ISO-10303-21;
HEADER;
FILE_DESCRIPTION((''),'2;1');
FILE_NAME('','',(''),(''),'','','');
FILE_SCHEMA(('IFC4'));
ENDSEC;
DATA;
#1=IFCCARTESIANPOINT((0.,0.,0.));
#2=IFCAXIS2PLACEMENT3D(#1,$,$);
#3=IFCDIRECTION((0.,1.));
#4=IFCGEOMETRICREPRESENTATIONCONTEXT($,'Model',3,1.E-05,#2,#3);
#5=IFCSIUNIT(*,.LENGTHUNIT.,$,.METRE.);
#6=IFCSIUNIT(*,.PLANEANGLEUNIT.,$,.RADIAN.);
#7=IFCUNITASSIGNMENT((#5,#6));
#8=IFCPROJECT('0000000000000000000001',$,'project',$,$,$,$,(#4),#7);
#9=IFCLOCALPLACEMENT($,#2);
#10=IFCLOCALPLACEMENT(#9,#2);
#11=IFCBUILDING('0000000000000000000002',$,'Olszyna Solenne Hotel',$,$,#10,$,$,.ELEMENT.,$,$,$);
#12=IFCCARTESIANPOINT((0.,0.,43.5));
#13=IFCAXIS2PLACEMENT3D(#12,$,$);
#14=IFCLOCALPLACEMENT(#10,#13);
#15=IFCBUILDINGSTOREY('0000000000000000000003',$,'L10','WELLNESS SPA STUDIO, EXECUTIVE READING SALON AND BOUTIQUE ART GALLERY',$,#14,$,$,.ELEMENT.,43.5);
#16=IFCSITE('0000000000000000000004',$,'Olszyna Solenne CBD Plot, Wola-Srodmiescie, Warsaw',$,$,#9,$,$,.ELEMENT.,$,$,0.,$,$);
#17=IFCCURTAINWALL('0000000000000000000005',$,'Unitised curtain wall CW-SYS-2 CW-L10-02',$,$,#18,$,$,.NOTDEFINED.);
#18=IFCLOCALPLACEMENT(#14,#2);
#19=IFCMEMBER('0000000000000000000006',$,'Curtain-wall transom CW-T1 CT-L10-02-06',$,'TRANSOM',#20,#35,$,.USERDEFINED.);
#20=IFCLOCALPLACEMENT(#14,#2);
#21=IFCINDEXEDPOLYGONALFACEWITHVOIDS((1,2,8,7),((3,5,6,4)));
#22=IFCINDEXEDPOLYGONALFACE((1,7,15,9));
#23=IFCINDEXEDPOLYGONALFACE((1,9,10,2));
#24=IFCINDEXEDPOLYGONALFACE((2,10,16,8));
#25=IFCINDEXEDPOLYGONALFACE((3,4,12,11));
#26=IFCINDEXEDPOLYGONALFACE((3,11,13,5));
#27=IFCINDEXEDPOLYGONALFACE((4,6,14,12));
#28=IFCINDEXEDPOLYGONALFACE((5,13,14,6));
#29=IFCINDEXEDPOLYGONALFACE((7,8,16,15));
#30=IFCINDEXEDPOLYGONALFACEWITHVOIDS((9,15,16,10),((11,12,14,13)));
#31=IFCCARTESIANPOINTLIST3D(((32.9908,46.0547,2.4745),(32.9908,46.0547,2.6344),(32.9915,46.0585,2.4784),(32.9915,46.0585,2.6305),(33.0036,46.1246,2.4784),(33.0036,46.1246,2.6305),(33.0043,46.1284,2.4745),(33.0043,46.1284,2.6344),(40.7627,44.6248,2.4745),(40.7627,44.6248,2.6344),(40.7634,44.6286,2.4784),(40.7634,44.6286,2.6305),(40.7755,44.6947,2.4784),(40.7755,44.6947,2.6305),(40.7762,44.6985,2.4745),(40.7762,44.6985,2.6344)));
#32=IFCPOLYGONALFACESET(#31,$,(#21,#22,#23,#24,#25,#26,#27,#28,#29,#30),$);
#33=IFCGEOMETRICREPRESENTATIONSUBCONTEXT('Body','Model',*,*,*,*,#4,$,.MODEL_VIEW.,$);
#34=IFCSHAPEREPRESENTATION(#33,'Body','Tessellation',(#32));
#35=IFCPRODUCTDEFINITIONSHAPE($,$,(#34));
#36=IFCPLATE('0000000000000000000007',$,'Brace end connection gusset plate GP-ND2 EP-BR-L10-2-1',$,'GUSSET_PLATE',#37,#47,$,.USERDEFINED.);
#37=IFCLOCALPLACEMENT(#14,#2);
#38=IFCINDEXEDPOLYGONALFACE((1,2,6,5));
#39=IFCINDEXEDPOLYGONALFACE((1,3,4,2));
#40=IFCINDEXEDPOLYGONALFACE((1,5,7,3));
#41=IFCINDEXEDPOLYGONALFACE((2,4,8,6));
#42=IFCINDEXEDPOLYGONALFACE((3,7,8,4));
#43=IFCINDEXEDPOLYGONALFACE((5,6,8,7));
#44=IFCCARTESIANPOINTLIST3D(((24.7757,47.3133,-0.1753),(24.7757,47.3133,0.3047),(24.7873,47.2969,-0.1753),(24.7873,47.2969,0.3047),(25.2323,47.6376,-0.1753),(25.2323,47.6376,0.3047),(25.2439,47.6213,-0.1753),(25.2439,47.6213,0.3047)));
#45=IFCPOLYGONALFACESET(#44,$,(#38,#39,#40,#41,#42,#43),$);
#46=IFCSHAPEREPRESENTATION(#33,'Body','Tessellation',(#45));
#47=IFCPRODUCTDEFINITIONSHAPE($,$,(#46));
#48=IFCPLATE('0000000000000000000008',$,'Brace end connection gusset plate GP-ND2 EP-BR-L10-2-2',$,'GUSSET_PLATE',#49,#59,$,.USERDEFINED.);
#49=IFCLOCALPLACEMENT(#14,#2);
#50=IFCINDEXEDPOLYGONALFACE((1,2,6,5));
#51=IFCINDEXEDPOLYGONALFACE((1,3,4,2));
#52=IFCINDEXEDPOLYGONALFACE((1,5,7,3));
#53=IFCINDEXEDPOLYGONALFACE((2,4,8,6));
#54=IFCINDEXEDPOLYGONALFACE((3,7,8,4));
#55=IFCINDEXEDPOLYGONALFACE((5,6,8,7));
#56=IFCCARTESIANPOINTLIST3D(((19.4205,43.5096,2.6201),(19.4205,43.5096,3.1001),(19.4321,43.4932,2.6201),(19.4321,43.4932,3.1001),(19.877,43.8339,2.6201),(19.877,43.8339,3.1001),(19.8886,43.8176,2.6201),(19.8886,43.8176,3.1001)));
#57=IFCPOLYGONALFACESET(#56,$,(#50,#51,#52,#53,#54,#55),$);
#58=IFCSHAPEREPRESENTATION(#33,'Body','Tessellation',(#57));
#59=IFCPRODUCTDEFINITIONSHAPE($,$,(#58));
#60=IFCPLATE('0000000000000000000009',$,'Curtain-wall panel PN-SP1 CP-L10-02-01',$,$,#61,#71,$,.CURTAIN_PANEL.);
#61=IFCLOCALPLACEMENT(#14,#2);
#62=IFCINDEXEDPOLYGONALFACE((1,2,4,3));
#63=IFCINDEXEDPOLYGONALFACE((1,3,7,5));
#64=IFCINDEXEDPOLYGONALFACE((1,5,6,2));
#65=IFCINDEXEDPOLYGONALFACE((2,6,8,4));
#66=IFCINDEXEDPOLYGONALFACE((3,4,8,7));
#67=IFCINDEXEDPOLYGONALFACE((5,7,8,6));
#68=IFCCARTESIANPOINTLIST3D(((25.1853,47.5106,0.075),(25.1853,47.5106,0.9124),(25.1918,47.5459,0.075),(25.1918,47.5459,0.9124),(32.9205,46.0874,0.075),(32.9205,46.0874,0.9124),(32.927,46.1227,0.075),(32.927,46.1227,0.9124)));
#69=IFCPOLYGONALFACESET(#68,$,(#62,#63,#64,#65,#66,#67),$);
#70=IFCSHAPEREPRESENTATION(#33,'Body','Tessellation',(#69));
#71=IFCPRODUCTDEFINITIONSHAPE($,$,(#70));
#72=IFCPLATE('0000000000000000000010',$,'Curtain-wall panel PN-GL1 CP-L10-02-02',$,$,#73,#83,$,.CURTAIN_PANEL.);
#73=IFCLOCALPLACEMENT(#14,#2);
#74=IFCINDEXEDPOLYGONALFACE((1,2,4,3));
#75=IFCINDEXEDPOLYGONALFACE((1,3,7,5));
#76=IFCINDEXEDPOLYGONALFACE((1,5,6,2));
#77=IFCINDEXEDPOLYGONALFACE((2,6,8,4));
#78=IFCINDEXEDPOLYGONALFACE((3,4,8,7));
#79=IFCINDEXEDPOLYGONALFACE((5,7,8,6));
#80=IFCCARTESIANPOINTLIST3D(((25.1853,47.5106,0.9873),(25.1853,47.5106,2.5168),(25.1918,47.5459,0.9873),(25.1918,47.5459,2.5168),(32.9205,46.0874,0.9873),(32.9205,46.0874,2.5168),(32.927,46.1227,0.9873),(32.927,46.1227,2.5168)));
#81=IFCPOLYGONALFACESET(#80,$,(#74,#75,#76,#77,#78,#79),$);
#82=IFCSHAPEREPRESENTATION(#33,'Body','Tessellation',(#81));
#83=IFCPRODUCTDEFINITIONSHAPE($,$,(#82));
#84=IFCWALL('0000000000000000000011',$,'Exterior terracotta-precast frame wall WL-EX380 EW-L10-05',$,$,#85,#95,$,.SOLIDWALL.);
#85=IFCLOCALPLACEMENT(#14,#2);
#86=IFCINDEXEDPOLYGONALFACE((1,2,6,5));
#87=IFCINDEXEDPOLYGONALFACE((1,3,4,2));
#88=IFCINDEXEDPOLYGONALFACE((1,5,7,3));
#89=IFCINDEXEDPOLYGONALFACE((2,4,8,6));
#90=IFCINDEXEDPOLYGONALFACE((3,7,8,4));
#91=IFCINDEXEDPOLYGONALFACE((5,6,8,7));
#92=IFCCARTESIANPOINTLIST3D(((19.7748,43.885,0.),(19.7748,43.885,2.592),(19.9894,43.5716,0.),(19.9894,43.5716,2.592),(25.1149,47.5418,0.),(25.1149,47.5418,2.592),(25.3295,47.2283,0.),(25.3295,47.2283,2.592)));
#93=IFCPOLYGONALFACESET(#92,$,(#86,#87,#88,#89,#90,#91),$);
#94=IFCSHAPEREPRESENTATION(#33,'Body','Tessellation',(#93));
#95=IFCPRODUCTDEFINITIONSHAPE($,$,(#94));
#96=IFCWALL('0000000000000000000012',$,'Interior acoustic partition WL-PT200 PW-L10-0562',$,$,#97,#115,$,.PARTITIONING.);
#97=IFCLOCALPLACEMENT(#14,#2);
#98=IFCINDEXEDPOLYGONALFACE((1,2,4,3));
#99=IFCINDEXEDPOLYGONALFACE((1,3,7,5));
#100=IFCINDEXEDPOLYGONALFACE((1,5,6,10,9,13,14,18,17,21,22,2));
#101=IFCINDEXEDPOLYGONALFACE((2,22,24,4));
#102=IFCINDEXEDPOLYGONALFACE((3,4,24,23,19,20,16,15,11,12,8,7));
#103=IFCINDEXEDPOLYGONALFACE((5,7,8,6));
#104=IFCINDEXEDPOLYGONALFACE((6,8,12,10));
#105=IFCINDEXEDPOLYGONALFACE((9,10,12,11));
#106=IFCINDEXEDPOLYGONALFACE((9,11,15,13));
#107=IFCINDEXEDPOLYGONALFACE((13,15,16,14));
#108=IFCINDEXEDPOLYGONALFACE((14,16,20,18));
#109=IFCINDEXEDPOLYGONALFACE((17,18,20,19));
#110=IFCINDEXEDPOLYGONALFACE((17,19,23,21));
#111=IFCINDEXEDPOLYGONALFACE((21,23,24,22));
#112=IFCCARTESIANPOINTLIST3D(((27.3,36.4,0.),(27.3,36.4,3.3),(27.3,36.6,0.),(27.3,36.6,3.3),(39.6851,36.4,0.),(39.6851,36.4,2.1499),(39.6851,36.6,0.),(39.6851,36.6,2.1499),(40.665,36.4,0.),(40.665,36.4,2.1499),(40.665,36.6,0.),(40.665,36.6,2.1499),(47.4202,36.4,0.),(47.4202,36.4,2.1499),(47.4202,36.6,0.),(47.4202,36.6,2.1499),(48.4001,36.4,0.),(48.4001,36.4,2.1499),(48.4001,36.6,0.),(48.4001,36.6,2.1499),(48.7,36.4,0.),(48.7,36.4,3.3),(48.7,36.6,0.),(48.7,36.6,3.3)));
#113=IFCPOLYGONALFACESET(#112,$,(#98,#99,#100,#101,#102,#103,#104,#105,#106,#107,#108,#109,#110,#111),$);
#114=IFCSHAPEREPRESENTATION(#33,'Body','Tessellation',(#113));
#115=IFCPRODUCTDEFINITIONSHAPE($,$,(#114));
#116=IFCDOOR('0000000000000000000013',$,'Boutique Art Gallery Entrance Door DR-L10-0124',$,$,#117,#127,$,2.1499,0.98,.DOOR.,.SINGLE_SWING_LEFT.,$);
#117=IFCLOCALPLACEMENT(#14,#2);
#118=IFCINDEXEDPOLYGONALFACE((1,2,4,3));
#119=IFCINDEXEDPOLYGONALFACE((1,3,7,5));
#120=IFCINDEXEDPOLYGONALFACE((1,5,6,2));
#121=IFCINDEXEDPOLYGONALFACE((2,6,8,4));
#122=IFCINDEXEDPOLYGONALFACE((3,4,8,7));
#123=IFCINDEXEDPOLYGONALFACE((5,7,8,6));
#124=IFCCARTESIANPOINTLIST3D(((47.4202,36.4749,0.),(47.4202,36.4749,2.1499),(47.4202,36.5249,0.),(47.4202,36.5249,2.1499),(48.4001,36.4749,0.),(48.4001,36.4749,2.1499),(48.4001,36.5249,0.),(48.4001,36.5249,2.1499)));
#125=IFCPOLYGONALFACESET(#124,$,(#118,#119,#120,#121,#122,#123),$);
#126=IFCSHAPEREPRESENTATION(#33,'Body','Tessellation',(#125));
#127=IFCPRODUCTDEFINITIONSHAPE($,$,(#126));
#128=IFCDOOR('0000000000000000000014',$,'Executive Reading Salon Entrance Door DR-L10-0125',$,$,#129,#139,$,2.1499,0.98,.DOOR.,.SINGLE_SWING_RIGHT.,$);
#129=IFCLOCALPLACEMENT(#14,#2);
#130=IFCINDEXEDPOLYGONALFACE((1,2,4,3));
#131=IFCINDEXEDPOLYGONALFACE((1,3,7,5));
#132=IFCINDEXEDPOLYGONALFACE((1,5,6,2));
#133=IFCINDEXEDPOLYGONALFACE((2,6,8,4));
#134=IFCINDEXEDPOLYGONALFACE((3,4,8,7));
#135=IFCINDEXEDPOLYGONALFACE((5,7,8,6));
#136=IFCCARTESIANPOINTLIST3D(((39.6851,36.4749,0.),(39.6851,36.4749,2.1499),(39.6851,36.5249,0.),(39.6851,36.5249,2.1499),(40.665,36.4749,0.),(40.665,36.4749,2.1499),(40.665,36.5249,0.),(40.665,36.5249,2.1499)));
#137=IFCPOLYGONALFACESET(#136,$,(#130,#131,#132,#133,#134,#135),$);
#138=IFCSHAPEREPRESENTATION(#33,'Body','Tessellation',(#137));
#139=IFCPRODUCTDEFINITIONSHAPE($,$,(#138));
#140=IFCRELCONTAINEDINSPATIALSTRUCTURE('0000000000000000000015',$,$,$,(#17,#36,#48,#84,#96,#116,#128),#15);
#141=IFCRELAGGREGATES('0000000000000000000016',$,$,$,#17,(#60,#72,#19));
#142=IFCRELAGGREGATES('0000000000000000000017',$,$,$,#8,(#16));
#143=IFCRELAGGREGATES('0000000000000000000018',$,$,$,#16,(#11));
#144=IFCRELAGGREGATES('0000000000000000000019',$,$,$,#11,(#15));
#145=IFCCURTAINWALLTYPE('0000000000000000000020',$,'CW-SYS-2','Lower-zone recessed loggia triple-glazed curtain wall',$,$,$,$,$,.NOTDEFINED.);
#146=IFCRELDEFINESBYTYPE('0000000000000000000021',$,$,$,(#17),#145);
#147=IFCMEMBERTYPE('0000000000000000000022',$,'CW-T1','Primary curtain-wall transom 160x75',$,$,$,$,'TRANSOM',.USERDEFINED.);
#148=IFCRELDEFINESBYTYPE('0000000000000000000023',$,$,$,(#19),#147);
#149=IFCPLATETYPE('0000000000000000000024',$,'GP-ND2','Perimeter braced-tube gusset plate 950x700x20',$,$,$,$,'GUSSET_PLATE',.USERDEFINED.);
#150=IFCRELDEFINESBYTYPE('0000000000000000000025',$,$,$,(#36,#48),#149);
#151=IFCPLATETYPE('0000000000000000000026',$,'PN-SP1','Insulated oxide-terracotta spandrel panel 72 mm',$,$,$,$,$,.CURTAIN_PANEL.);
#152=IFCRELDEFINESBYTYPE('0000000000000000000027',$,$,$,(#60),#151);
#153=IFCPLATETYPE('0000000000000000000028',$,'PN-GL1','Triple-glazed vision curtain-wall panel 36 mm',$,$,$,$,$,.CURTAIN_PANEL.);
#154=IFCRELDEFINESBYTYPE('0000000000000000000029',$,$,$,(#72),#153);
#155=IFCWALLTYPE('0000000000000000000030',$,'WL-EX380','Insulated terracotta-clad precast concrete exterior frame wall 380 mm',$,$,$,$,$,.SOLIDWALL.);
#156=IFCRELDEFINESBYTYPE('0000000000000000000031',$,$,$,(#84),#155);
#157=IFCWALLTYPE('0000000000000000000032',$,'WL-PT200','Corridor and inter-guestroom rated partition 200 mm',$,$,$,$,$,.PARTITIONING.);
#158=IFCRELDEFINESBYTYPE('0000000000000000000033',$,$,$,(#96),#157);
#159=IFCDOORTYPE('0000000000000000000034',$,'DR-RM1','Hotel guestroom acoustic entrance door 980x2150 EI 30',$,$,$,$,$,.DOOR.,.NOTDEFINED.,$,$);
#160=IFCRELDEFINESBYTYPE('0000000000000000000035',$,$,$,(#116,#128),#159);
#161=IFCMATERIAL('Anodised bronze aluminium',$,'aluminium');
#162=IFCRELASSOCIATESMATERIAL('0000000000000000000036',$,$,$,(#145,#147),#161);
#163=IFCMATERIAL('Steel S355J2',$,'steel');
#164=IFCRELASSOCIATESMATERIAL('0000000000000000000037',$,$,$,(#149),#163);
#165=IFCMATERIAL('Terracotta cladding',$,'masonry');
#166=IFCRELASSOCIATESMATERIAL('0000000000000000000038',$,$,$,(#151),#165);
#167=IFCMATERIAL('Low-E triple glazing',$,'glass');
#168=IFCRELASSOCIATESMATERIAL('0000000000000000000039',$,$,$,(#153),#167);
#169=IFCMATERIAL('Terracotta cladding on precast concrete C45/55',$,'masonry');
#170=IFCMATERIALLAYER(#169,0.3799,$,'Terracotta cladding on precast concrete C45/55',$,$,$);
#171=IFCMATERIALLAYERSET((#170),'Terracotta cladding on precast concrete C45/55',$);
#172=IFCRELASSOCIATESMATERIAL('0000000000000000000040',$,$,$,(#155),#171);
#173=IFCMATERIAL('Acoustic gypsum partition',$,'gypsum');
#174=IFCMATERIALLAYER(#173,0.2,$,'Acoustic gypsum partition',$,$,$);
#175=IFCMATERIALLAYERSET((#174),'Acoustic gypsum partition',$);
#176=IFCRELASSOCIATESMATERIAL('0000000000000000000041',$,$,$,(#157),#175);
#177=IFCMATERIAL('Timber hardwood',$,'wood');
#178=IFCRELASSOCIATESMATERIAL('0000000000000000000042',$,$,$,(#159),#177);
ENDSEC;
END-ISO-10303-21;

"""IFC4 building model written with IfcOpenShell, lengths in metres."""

from ifc_helpers import new_model, si_unit, direction, frame, frame_2d, origin, origin_2d, place, context, subcontext, project, spatial, rectangle, hollow_rectangle, extrude, source, transform, mapped, material, layer, layer_set, material_profile, profile_set, type_object, type_shapes, element, fill, aggregate, save


model = new_model("IFC4")

# Units and contexts
model_context = context("Model", 3, precision=1e-05, world=origin(), true_north=direction((0.0, 1.0)))
body_context = subcontext(model_context, "Body", "Model", "MODEL_VIEW")
ifc_project = project(units=[si_unit("LENGTHUNIT", "METRE"), si_unit("PLANEANGLEUNIT", "RADIAN")], contexts=[model_context])

# Site, building, storey
site_placement = place(None, origin())
site = spatial("IfcSite", under=ifc_project, at=site_placement, Name="Olszyna Solenne CBD Plot, Wola-Srodmiescie, Warsaw", CompositionType="ELEMENT", RefElevation=0.0)
building_placement = place(site_placement, origin())
building = spatial("IfcBuilding", under=site, at=building_placement, Name="Olszyna Solenne Hotel", CompositionType="ELEMENT")
storey_placement = place(building_placement, frame((0.0, 0.0, 43.5)))
storey = spatial("IfcBuildingStorey", under=building, at=storey_placement, Name="L10", Description="WELLNESS SPA STUDIO, EXECUTIVE READING SALON AND BOUTIQUE ART GALLERY", CompositionType="ELEMENT", Elevation=43.5)

# Shared definitions
ifc_material_1 = material(Name="Steel S355J2", Category="steel")

# Curtain wall, member
ifc_material_2 = material(Name="Anodised bronze aluminium", Category="aluminium")
curtain_wall_type = type_object("IfcCurtainWallType", Name="CW-SYS-2", Description="Lower-zone recessed loggia triple-glazed curtain wall", PredefinedType="NOTDEFINED", material=ifc_material_2)
curtain_wall_placement = place(storey_placement, origin())
curtain_wall = element("IfcCurtainWall", 1, at=curtain_wall_placement, inside=storey, type_object=curtain_wall_type, Name="Unitised curtain wall CW-SYS-2 CW-L10-02", PredefinedType="NOTDEFINED")
ifc_material_profile_1 = material_profile(ifc_material_2, hollow_rectangle(XDim=0.075, YDim=0.1599, WallThickness=0.0039, at=origin_2d()), Name="TRAN 160x75x4", Category="load-bearing")
ifc_profile_set_1 = profile_set([ifc_material_profile_1], Name="Anodised bronze aluminium")
member_type_1 = type_object("IfcMemberType", Name="CW-T1", Description="Primary curtain-wall transom 160x75", ElementType="TRANSOM", PredefinedType="USERDEFINED", material=ifc_profile_set_1)
shared_shape_1 = source(origin(), body_context, "Body", "SweptSolid", [
    extrude(hollow_rectangle(XDim=0.075, YDim=0.1599, WallThickness=0.0039, at=origin_2d()), origin(), (0.0, 0.0, 1.0), 7.9023),
])
member_1_placement = place(storey_placement, frame((32.9976, 46.0916, 2.5544), z_axis=(0.983493, -0.180949, 0.0), x_axis=(0.180949, 0.983493, 0.0)))
member_1 = element("IfcMember", 2, at=member_1_placement, type_object=member_type_1, Name="Curtain-wall transom CW-T1 CT-L10-02-06", ObjectType="TRANSOM", PredefinedType="USERDEFINED", context=body_context, shape_type="MappedRepresentation", body=[
    mapped(shared_shape_1, transform((0.0, 0.0, 0.0), x_axis=(1.0, 0.0, 0.0), y_axis=(0.0, 1.0, 0.0), z_axis=(0.0, 0.0, 1.0), scale=1.0)),
])

# Plates
plate_type_1 = type_object("IfcPlateType", Name="GP-ND2", Description="Perimeter braced-tube gusset plate 950x700x20", ElementType="GUSSET_PLATE", PredefinedType="USERDEFINED", material=ifc_material_1)
shared_shape_2 = source(origin(), body_context, "Body", "SweptSolid", [
    extrude(rectangle(XDim=0.5601, YDim=0.02, at=origin_2d()), origin(), (0.0, 0.0, 1.0), 0.48),
])
for number, where, z_axis, x_axis, name in (
    (3, (25.0098, 47.4673, -0.1753), (0.0, 0.0, 1.0), (-0.815229, -0.579139, 0.0), "Brace end connection gusset plate GP-ND2 EP-BR-L10-2-1"),
    (4, (19.6545, 43.6636, 2.6201), (0.0, 0.0, 1.0), (-0.815229, -0.579139, 0.0), "Brace end connection gusset plate GP-ND2 EP-BR-L10-2-2"),
):
    element("IfcPlate", number, at=place(storey_placement, frame(where, z_axis=z_axis, x_axis=x_axis)), inside=storey, type_object=plate_type_1, Name=name, ObjectType="GUSSET_PLATE", PredefinedType="USERDEFINED", context=body_context, shape_type="MappedRepresentation", body=[
        mapped(shared_shape_2, transform((0.0, 0.0, 0.0), x_axis=(1.0, 0.0, 0.0), y_axis=(0.0, 1.0, 0.0), z_axis=(0.0, 0.0, 1.0), scale=1.0)),
    ])

# Plates
ifc_material_3 = material(Name="Terracotta cladding", Category="masonry")
plate_type_2 = type_object("IfcPlateType", Name="PN-SP1", Description="Insulated oxide-terracotta spandrel panel 72 mm", PredefinedType="CURTAIN_PANEL", material=ifc_material_3)
shared_shape_3 = source(origin(), body_context, "Body", "SweptSolid", [
    extrude(rectangle(XDim=7.865, YDim=0.0359, at=origin_2d()), origin(), (0.0, 0.0, 1.0), 0.8374),
])
plate_1_placement = place(storey_placement, frame((29.0562, 46.8167, 0.075), z_axis=(0.0, 0.0, 1.0), x_axis=(0.983493, -0.180946, 0.0)))
plate_1 = element("IfcPlate", 5, at=plate_1_placement, type_object=plate_type_2, Name="Curtain-wall panel PN-SP1 CP-L10-02-01", PredefinedType="CURTAIN_PANEL", context=body_context, shape_type="MappedRepresentation", body=[
    mapped(shared_shape_3, transform((0.0, 0.0, 0.0), x_axis=(1.0, 0.0, 0.0), y_axis=(0.0, 1.0, 0.0), z_axis=(0.0, 0.0, 1.0), scale=1.0)),
])
ifc_material_4 = material(Name="Low-E triple glazing", Category="glass")
plate_type_3 = type_object("IfcPlateType", Name="PN-GL1", Description="Triple-glazed vision curtain-wall panel 36 mm", PredefinedType="CURTAIN_PANEL", material=ifc_material_4)
shared_shape_4 = source(origin(), body_context, "Body", "SweptSolid", [
    extrude(rectangle(XDim=7.865, YDim=0.0359, at=origin_2d()), origin(), (0.0, 0.0, 1.0), 1.5295),
])
plate_2_placement = place(storey_placement, frame((29.0562, 46.8167, 0.9873), z_axis=(0.0, 0.0, 1.0), x_axis=(0.983493, -0.180946, 0.0)))
plate_2 = element("IfcPlate", 6, at=plate_2_placement, type_object=plate_type_3, Name="Curtain-wall panel PN-GL1 CP-L10-02-02", PredefinedType="CURTAIN_PANEL", context=body_context, shape_type="MappedRepresentation", body=[
    mapped(shared_shape_4, transform((0.0, 0.0, 0.0), x_axis=(1.0, 0.0, 0.0), y_axis=(0.0, 1.0, 0.0), z_axis=(0.0, 0.0, 1.0), scale=1.0)),
])
aggregate(curtain_wall, [plate_1, plate_2, member_1])

# Wall
ifc_material_5 = material(Name="Terracotta cladding on precast concrete C45/55", Category="masonry")
ifc_layer_1 = layer(ifc_material_5, 0.3799, Name="Terracotta cladding on precast concrete C45/55")
ifc_layer_set_1 = layer_set([ifc_layer_1], Name="Terracotta cladding on precast concrete C45/55")
wall_type_1 = type_object("IfcWallType", Name="WL-EX380", Description="Insulated terracotta-clad precast concrete exterior frame wall 380 mm", PredefinedType="SOLIDWALL", material=ifc_layer_set_1)
wall_1_placement = place(storey_placement, frame((19.8821, 43.7283, 0.0), z_axis=(0.0, 0.0, 1.0), x_axis=(0.825092, 0.564999, 0.0)))
element("IfcWall", 7, at=wall_1_placement, inside=storey, type_object=wall_type_1, Name="Exterior terracotta-precast frame wall WL-EX380 EW-L10-05", PredefinedType="SOLIDWALL", context=body_context, shape_type="SweptSolid", body=[
    extrude(rectangle(XDim=6.4722, YDim=0.3799, at=frame_2d((3.2361, 0.0))), origin(), (0.0, 0.0, 1.0), 2.592),
])

# Wall, openings, doors
ifc_material_6 = material(Name="Acoustic gypsum partition", Category="gypsum")
ifc_layer_2 = layer(ifc_material_6, 0.2, Name="Acoustic gypsum partition")
ifc_layer_set_2 = layer_set([ifc_layer_2], Name="Acoustic gypsum partition")
wall_type_2 = type_object("IfcWallType", Name="WL-PT200", Description="Corridor and inter-guestroom rated partition 200 mm", PredefinedType="PARTITIONING", material=ifc_layer_set_2)
wall_2_placement = place(storey_placement, frame((27.3, 36.5, 0.0), z_axis=(0.0, 0.0, 1.0), x_axis=(1.0, 0.0, 0.0)))
wall_2 = element("IfcWall", 8, at=wall_2_placement, inside=storey, type_object=wall_type_2, Name="Interior acoustic partition WL-PT200 PW-L10-0562", PredefinedType="PARTITIONING", context=body_context, shape_type="SweptSolid", body=[
    extrude(rectangle(XDim=21.3999, YDim=0.2, at=frame_2d((10.7, 0.0))), origin(), (0.0, 0.0, 1.0), 3.3),
])
opening_1_placement = place(wall_2_placement, frame((20.1201, 0.0, 0.0)))
opening_1 = element("IfcOpeningElement", 9, at=opening_1_placement, cuts=wall_2, PredefinedType="OPENING", context=body_context, shape_type="SweptSolid", body=[
    extrude(rectangle(XDim=0.98, YDim=2.1499, at=frame_2d((0.49, 1.075))), frame((0.0, 0.1099, 0.0), z_axis=(0.0, -1.0, 0.0), x_axis=(1.0, 0.0, 0.0)), (0.0, 0.0, 1.0), 0.22),
])
opening_2_placement = place(wall_2_placement, frame((12.385, 0.0, 0.0)))
opening_2 = element("IfcOpeningElement", 10, at=opening_2_placement, cuts=wall_2, PredefinedType="OPENING", context=body_context, shape_type="SweptSolid", body=[
    extrude(rectangle(XDim=0.98, YDim=2.1499, at=frame_2d((0.49, 1.075))), frame((0.0, 0.1099, 0.0), z_axis=(0.0, -1.0, 0.0), x_axis=(1.0, 0.0, 0.0)), (0.0, 0.0, 1.0), 0.22),
])
ifc_material_7 = material(Name="Timber hardwood", Category="wood")
door_type = type_object("IfcDoorType", Name="DR-RM1", Description="Hotel guestroom acoustic entrance door 980x2150 EI 30", OperationType="NOTDEFINED", PredefinedType="DOOR", material=ifc_material_7)
shared_shape_5 = source(origin(), body_context, "Body", "SweptSolid", [
    extrude(rectangle(XDim=0.98, YDim=2.1499, at=frame_2d((0.49, 1.075))), frame((0.0, 0.0249, 0.0), z_axis=(0.0, -1.0, 0.0), x_axis=(1.0, 0.0, 0.0)), (0.0, 0.0, 1.0), 0.05),
])
type_shapes(door_type, [shared_shape_5])
door_1_placement = place(opening_1_placement, origin())
door_1 = element("IfcDoor", 11, at=door_1_placement, inside=storey, type_object=door_type, Name="Boutique Art Gallery Entrance Door DR-L10-0124", OperationType="SINGLE_SWING_LEFT", OverallHeight=2.1499, OverallWidth=0.98, PredefinedType="DOOR", context=body_context, shape_type="MappedRepresentation", body=[
    mapped(shared_shape_5, transform((0.0, 0.0, 0.0), x_axis=(1.0, 0.0, 0.0), y_axis=(0.0, 1.0, 0.0), z_axis=(0.0, 0.0, 1.0), scale=1.0)),
])
fill(opening_1, door_1)
door_2_placement = place(opening_2_placement, origin())
door_2 = element("IfcDoor", 12, at=door_2_placement, inside=storey, type_object=door_type, Name="Executive Reading Salon Entrance Door DR-L10-0125", OperationType="SINGLE_SWING_RIGHT", OverallHeight=2.1499, OverallWidth=0.98, PredefinedType="DOOR", context=body_context, shape_type="MappedRepresentation", body=[
    mapped(shared_shape_5, transform((0.0, 0.0, 0.0), x_axis=(1.0, 0.0, 0.0), y_axis=(0.0, 1.0, 0.0), z_axis=(0.0, 0.0, 1.0), scale=1.0)),
])
fill(opening_2, door_2)

save(model, "model.ifc")
